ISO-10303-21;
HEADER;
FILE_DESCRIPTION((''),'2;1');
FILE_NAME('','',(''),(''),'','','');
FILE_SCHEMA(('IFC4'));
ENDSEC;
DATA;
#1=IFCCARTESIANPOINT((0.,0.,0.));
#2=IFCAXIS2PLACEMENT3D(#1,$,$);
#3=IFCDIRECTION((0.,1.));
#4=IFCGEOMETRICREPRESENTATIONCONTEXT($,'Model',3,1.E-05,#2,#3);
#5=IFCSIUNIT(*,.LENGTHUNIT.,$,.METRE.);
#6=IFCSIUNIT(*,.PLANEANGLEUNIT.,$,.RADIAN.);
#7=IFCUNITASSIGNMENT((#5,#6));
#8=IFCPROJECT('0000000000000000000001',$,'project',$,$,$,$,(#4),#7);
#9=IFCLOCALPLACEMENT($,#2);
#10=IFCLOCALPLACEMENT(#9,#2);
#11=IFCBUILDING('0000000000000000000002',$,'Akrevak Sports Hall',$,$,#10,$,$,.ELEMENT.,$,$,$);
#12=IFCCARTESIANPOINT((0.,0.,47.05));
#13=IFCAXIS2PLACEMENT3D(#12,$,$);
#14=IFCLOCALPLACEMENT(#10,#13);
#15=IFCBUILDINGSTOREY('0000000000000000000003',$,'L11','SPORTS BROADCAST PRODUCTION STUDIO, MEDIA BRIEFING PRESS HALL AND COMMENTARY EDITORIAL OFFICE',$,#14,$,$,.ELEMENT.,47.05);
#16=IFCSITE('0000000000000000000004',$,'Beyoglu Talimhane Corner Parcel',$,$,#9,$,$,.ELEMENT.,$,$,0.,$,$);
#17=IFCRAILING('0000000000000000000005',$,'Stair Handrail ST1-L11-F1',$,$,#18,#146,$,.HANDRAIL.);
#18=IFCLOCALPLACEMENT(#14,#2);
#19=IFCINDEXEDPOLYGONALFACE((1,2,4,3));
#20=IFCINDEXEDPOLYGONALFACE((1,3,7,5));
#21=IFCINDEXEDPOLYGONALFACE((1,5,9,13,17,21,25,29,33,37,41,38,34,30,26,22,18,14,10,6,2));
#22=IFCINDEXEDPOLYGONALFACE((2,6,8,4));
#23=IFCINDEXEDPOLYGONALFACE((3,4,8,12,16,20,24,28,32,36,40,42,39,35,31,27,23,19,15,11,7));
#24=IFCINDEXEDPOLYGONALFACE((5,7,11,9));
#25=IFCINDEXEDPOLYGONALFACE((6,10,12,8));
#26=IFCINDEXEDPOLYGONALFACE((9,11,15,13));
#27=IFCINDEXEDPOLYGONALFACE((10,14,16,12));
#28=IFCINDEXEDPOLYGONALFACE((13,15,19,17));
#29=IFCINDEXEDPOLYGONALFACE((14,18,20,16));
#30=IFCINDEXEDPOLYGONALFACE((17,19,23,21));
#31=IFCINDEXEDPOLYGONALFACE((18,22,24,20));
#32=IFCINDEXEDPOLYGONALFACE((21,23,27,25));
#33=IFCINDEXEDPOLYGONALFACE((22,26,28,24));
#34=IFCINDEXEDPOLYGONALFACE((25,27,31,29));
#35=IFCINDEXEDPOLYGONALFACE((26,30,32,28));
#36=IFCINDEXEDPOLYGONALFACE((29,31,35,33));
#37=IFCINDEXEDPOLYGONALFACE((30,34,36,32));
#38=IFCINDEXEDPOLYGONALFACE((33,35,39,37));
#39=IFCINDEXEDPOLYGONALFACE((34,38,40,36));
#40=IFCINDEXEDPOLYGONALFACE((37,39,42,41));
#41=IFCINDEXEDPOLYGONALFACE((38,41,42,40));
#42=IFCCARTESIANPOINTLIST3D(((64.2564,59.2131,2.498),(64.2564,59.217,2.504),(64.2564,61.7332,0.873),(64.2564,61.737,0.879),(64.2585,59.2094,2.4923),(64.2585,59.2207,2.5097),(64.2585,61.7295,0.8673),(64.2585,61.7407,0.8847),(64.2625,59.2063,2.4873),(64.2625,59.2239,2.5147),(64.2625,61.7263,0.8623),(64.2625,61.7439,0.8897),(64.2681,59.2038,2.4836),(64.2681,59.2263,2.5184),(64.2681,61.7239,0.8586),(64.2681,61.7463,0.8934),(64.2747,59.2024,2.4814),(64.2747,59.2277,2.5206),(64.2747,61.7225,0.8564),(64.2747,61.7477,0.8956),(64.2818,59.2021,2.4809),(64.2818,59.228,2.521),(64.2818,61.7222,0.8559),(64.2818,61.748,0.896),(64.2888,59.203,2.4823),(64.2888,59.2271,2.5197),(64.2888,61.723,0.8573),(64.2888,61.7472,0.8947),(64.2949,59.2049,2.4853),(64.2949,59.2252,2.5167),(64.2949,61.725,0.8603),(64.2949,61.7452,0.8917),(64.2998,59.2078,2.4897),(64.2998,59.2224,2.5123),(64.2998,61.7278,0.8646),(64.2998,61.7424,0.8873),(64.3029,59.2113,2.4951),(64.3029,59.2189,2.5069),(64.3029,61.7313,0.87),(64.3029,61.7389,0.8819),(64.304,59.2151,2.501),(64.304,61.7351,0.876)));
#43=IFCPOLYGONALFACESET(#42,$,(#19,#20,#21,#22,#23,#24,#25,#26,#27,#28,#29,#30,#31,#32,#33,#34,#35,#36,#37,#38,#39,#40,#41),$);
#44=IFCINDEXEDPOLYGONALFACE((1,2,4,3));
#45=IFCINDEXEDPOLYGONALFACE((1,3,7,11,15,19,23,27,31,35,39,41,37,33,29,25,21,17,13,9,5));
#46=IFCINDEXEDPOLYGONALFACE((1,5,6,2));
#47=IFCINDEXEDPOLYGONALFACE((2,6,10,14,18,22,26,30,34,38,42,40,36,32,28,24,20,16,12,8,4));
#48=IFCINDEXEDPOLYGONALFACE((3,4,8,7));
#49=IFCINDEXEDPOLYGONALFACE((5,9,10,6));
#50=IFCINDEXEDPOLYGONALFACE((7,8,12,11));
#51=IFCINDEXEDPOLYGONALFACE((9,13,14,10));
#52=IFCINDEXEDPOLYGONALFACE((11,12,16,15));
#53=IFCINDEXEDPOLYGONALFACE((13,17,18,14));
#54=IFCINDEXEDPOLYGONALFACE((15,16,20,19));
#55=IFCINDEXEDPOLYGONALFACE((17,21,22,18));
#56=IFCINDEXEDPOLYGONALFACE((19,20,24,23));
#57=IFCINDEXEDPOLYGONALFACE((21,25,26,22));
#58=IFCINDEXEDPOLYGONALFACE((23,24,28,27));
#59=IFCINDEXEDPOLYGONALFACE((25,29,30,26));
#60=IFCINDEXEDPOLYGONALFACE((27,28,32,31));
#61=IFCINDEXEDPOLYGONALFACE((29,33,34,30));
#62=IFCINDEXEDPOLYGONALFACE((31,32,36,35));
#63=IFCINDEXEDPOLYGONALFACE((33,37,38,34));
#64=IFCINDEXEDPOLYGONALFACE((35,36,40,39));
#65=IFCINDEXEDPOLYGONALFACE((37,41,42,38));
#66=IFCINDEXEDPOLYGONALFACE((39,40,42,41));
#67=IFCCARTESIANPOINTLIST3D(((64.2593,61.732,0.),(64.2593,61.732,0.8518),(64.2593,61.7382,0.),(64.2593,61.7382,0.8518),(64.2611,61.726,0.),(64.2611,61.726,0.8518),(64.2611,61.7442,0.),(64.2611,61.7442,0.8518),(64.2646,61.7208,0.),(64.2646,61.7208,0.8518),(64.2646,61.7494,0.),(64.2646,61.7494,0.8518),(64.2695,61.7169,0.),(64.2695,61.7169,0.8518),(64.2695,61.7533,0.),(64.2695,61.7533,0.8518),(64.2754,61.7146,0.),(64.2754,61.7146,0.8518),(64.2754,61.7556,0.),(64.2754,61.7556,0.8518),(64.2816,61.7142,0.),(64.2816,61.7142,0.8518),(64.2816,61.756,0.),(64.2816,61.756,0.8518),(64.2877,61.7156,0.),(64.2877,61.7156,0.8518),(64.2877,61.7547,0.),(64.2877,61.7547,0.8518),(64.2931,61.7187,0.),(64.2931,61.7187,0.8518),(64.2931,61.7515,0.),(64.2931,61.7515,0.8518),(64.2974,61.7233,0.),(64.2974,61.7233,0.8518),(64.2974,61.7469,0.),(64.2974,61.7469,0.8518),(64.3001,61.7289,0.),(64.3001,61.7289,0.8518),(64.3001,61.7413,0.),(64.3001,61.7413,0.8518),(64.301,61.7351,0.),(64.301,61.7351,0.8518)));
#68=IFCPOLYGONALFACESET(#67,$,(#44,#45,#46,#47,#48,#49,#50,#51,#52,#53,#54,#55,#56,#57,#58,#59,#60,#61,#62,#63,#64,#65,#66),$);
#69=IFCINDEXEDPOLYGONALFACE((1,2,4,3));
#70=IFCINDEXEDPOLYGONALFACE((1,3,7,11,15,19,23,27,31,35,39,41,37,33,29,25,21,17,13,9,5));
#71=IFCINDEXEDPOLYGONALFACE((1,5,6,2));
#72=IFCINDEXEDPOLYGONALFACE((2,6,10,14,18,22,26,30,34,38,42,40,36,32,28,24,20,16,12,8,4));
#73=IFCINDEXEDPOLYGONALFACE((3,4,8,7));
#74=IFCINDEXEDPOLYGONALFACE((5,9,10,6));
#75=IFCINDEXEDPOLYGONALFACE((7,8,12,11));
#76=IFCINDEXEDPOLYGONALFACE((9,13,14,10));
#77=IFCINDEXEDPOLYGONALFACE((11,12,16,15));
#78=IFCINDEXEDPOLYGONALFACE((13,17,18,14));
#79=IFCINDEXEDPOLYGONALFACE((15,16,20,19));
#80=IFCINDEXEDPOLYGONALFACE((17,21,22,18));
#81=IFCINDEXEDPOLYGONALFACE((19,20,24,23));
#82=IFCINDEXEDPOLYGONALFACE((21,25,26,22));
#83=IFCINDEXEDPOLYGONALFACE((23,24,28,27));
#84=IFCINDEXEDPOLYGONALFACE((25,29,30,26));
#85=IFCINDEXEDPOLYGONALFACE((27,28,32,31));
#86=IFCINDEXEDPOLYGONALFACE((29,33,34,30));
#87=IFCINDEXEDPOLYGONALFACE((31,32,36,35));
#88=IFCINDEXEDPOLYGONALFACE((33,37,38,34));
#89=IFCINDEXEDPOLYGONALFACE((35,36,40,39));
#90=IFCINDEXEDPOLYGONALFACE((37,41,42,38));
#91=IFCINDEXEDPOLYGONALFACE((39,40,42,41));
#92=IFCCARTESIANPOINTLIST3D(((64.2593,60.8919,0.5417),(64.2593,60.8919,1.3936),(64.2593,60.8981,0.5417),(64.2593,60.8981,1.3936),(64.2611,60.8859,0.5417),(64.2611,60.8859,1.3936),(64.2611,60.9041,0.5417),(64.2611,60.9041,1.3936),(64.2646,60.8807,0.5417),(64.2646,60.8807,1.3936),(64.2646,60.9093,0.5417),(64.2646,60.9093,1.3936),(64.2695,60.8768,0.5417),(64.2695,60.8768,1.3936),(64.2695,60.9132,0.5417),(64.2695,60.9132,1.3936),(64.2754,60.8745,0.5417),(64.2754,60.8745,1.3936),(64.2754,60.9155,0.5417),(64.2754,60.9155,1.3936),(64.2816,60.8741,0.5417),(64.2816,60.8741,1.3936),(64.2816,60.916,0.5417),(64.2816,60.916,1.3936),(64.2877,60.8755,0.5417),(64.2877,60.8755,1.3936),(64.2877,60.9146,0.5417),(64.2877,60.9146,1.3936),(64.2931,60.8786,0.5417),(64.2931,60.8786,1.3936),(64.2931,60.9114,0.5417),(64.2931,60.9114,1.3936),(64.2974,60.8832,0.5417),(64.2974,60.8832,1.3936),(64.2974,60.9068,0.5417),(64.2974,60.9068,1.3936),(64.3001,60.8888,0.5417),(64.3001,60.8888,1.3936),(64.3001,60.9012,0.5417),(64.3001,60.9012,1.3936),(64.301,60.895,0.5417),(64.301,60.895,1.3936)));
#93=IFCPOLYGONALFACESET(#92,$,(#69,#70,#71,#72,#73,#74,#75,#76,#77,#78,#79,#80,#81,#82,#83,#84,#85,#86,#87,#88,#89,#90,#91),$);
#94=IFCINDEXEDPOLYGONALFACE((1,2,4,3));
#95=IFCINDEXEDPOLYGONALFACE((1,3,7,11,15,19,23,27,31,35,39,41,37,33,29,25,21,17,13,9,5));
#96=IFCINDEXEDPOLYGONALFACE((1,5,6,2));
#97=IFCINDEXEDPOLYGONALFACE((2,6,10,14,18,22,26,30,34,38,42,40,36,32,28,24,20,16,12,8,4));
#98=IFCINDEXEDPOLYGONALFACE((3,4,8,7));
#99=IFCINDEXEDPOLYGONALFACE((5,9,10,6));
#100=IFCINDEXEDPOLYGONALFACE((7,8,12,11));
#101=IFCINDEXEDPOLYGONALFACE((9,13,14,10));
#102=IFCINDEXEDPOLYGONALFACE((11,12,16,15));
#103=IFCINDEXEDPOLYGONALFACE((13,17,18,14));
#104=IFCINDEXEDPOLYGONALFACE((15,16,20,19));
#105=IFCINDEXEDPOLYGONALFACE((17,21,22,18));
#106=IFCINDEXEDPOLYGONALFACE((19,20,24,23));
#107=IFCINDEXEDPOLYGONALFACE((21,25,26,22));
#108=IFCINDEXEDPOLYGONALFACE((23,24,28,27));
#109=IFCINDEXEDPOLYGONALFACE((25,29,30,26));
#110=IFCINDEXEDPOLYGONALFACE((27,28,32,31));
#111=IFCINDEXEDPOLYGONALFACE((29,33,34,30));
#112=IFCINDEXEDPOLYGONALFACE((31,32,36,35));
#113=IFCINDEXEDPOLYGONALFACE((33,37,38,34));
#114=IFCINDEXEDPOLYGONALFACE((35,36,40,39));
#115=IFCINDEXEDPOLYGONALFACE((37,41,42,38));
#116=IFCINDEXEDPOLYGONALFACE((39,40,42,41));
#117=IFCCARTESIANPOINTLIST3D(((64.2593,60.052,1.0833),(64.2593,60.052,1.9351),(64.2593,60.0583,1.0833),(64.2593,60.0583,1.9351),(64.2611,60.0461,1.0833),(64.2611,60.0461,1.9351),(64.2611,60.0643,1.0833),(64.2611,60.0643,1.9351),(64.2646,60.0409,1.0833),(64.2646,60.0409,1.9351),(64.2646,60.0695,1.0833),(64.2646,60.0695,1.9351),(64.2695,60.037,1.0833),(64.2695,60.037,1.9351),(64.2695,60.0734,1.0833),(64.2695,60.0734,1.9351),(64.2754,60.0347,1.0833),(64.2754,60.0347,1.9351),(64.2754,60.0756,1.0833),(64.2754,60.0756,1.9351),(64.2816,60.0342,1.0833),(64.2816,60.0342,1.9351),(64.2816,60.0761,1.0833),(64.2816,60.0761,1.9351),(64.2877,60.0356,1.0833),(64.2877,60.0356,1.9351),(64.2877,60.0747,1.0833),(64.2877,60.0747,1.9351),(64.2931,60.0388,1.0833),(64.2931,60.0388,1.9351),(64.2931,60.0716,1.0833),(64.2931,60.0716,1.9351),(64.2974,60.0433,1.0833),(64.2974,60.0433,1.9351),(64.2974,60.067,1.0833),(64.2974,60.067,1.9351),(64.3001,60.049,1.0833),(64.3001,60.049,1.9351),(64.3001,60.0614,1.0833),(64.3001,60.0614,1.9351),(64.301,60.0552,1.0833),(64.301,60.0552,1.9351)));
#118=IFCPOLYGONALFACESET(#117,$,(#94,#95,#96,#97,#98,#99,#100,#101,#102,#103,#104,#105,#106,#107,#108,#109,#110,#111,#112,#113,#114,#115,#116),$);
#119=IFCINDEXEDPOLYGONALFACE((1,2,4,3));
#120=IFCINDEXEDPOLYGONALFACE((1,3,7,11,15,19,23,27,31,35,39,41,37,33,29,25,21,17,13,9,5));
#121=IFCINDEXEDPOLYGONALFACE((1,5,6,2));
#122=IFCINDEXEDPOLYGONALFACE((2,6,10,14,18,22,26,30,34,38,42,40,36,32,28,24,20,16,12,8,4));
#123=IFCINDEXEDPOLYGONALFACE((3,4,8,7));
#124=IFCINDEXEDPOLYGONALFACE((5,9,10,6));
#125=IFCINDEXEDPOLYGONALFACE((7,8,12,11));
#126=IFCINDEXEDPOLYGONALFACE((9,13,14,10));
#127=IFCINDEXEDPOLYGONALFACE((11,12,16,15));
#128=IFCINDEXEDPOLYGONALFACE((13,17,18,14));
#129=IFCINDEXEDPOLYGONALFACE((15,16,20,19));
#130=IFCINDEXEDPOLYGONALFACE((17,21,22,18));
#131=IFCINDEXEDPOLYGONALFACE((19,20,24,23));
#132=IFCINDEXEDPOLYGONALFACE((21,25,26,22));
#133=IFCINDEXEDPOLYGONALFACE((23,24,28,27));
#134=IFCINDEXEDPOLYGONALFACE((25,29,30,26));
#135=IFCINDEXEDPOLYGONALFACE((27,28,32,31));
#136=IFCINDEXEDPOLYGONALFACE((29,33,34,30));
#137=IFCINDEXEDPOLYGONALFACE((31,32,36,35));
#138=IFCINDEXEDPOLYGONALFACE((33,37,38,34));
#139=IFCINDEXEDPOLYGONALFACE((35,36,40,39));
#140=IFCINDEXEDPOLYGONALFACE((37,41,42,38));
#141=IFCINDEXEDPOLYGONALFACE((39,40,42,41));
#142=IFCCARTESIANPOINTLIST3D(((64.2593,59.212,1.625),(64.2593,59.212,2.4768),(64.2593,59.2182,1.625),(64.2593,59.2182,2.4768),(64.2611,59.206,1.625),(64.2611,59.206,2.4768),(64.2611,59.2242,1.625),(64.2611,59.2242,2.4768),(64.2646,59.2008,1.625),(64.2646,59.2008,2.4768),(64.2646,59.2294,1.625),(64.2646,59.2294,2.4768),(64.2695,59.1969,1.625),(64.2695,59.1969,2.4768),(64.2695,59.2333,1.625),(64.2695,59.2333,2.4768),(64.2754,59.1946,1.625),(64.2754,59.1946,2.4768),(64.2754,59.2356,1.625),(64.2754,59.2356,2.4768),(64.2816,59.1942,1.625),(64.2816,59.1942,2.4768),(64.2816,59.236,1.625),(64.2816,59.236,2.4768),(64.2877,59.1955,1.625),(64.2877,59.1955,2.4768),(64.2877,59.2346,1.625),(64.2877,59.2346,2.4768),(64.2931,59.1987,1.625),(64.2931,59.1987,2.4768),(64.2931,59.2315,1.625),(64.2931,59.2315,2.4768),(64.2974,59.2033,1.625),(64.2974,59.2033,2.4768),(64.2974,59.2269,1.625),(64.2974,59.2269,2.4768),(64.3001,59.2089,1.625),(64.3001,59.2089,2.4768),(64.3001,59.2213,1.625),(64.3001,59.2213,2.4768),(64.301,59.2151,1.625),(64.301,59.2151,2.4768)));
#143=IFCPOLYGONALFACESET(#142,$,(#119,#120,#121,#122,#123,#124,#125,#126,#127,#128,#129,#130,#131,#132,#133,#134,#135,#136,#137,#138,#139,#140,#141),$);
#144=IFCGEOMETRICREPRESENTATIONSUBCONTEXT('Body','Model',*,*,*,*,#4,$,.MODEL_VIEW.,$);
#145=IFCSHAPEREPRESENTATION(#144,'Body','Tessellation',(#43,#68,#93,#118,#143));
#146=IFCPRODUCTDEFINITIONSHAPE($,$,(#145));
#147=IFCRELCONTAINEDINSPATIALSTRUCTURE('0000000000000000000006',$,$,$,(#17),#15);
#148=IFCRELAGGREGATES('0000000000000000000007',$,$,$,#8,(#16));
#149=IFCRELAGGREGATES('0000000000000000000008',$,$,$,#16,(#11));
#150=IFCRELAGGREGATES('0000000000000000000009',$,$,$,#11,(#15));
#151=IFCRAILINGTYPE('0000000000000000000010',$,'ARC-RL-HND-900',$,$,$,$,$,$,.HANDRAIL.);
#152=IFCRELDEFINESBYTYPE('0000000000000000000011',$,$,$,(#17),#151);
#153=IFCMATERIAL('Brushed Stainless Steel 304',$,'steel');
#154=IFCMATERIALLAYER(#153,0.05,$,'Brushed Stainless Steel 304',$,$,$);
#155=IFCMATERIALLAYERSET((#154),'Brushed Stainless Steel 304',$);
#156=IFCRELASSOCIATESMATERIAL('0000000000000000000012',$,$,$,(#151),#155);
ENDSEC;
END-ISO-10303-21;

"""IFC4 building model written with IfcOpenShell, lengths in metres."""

from ifc_helpers import new_model, si_unit, direction, frame, origin, origin_2d, place, context, subcontext, project, spatial, circle, extrude, material, layer, layer_set, type_object, element, save


model = new_model("IFC4")

# Units and contexts
model_context = context("Model", 3, precision=1e-05, world=origin(), true_north=direction((0.0, 1.0)))
body_context = subcontext(model_context, "Body", "Model", "MODEL_VIEW")
ifc_project = project(units=[si_unit("LENGTHUNIT", "METRE"), si_unit("PLANEANGLEUNIT", "RADIAN")], contexts=[model_context])

# Site, building, storey
site_placement = place(None, origin())
site = spatial("IfcSite", under=ifc_project, at=site_placement, Name="Beyoglu Talimhane Corner Parcel", CompositionType="ELEMENT", RefElevation=0.0)
building_placement = place(site_placement, origin())
building = spatial("IfcBuilding", under=site, at=building_placement, Name="Akrevak Sports Hall", CompositionType="ELEMENT")
storey_placement = place(building_placement, frame((0.0, 0.0, 47.05)))
storey = spatial("IfcBuildingStorey", under=building, at=storey_placement, Name="L11", Description="SPORTS BROADCAST PRODUCTION STUDIO, MEDIA BRIEFING PRESS HALL AND COMMENTARY EDITORIAL OFFICE", CompositionType="ELEMENT", Elevation=47.05)

# Shared definitions
ifc_material_1 = material(Name="Brushed Stainless Steel 304", Category="steel")

# Railing
ifc_layer_1 = layer(ifc_material_1, 0.05, Name="Brushed Stainless Steel 304")
ifc_layer_set_1 = layer_set([ifc_layer_1], Name="Brushed Stainless Steel 304")
railing_type_1 = type_object("IfcRailingType", Name="ARC-RL-HND-900", PredefinedType="HANDRAIL", material=ifc_layer_set_1)
railing_1_placement = place(storey_placement, frame((64.28, 61.7351, 0.0)))
element("IfcRailing", 1, at=railing_1_placement, inside=storey, type_object=railing_type_1, Name="Stair Handrail ST1-L11-F1", PredefinedType="HANDRAIL", context=body_context, shape_type="SweptSolid", body=[
    extrude(circle(Radius=0.0239, at=origin_2d()), frame((0.0, 0.0, 0.876), z_axis=(0.0, -0.840421, 0.541934), x_axis=(1.0, 0.0, 0.0)), (0.0, 0.0, 1.0), 2.9985),
    extrude(circle(Radius=0.021, at=origin_2d()), origin(), (0.0, 0.0, 1.0), 0.8518),
    extrude(circle(Radius=0.021, at=origin_2d()), frame((0.0, -0.8401, 0.5417)), (0.0, 0.0, 1.0), 0.8518),
    extrude(circle(Radius=0.021, at=origin_2d()), frame((0.0, -1.6799, 1.0833)), (0.0, 0.0, 1.0), 0.8518),
    extrude(circle(Radius=0.021, at=origin_2d()), frame((0.0, -2.52, 1.625)), (0.0, 0.0, 1.0), 0.8518),
])

save(model, "model.ifc")
